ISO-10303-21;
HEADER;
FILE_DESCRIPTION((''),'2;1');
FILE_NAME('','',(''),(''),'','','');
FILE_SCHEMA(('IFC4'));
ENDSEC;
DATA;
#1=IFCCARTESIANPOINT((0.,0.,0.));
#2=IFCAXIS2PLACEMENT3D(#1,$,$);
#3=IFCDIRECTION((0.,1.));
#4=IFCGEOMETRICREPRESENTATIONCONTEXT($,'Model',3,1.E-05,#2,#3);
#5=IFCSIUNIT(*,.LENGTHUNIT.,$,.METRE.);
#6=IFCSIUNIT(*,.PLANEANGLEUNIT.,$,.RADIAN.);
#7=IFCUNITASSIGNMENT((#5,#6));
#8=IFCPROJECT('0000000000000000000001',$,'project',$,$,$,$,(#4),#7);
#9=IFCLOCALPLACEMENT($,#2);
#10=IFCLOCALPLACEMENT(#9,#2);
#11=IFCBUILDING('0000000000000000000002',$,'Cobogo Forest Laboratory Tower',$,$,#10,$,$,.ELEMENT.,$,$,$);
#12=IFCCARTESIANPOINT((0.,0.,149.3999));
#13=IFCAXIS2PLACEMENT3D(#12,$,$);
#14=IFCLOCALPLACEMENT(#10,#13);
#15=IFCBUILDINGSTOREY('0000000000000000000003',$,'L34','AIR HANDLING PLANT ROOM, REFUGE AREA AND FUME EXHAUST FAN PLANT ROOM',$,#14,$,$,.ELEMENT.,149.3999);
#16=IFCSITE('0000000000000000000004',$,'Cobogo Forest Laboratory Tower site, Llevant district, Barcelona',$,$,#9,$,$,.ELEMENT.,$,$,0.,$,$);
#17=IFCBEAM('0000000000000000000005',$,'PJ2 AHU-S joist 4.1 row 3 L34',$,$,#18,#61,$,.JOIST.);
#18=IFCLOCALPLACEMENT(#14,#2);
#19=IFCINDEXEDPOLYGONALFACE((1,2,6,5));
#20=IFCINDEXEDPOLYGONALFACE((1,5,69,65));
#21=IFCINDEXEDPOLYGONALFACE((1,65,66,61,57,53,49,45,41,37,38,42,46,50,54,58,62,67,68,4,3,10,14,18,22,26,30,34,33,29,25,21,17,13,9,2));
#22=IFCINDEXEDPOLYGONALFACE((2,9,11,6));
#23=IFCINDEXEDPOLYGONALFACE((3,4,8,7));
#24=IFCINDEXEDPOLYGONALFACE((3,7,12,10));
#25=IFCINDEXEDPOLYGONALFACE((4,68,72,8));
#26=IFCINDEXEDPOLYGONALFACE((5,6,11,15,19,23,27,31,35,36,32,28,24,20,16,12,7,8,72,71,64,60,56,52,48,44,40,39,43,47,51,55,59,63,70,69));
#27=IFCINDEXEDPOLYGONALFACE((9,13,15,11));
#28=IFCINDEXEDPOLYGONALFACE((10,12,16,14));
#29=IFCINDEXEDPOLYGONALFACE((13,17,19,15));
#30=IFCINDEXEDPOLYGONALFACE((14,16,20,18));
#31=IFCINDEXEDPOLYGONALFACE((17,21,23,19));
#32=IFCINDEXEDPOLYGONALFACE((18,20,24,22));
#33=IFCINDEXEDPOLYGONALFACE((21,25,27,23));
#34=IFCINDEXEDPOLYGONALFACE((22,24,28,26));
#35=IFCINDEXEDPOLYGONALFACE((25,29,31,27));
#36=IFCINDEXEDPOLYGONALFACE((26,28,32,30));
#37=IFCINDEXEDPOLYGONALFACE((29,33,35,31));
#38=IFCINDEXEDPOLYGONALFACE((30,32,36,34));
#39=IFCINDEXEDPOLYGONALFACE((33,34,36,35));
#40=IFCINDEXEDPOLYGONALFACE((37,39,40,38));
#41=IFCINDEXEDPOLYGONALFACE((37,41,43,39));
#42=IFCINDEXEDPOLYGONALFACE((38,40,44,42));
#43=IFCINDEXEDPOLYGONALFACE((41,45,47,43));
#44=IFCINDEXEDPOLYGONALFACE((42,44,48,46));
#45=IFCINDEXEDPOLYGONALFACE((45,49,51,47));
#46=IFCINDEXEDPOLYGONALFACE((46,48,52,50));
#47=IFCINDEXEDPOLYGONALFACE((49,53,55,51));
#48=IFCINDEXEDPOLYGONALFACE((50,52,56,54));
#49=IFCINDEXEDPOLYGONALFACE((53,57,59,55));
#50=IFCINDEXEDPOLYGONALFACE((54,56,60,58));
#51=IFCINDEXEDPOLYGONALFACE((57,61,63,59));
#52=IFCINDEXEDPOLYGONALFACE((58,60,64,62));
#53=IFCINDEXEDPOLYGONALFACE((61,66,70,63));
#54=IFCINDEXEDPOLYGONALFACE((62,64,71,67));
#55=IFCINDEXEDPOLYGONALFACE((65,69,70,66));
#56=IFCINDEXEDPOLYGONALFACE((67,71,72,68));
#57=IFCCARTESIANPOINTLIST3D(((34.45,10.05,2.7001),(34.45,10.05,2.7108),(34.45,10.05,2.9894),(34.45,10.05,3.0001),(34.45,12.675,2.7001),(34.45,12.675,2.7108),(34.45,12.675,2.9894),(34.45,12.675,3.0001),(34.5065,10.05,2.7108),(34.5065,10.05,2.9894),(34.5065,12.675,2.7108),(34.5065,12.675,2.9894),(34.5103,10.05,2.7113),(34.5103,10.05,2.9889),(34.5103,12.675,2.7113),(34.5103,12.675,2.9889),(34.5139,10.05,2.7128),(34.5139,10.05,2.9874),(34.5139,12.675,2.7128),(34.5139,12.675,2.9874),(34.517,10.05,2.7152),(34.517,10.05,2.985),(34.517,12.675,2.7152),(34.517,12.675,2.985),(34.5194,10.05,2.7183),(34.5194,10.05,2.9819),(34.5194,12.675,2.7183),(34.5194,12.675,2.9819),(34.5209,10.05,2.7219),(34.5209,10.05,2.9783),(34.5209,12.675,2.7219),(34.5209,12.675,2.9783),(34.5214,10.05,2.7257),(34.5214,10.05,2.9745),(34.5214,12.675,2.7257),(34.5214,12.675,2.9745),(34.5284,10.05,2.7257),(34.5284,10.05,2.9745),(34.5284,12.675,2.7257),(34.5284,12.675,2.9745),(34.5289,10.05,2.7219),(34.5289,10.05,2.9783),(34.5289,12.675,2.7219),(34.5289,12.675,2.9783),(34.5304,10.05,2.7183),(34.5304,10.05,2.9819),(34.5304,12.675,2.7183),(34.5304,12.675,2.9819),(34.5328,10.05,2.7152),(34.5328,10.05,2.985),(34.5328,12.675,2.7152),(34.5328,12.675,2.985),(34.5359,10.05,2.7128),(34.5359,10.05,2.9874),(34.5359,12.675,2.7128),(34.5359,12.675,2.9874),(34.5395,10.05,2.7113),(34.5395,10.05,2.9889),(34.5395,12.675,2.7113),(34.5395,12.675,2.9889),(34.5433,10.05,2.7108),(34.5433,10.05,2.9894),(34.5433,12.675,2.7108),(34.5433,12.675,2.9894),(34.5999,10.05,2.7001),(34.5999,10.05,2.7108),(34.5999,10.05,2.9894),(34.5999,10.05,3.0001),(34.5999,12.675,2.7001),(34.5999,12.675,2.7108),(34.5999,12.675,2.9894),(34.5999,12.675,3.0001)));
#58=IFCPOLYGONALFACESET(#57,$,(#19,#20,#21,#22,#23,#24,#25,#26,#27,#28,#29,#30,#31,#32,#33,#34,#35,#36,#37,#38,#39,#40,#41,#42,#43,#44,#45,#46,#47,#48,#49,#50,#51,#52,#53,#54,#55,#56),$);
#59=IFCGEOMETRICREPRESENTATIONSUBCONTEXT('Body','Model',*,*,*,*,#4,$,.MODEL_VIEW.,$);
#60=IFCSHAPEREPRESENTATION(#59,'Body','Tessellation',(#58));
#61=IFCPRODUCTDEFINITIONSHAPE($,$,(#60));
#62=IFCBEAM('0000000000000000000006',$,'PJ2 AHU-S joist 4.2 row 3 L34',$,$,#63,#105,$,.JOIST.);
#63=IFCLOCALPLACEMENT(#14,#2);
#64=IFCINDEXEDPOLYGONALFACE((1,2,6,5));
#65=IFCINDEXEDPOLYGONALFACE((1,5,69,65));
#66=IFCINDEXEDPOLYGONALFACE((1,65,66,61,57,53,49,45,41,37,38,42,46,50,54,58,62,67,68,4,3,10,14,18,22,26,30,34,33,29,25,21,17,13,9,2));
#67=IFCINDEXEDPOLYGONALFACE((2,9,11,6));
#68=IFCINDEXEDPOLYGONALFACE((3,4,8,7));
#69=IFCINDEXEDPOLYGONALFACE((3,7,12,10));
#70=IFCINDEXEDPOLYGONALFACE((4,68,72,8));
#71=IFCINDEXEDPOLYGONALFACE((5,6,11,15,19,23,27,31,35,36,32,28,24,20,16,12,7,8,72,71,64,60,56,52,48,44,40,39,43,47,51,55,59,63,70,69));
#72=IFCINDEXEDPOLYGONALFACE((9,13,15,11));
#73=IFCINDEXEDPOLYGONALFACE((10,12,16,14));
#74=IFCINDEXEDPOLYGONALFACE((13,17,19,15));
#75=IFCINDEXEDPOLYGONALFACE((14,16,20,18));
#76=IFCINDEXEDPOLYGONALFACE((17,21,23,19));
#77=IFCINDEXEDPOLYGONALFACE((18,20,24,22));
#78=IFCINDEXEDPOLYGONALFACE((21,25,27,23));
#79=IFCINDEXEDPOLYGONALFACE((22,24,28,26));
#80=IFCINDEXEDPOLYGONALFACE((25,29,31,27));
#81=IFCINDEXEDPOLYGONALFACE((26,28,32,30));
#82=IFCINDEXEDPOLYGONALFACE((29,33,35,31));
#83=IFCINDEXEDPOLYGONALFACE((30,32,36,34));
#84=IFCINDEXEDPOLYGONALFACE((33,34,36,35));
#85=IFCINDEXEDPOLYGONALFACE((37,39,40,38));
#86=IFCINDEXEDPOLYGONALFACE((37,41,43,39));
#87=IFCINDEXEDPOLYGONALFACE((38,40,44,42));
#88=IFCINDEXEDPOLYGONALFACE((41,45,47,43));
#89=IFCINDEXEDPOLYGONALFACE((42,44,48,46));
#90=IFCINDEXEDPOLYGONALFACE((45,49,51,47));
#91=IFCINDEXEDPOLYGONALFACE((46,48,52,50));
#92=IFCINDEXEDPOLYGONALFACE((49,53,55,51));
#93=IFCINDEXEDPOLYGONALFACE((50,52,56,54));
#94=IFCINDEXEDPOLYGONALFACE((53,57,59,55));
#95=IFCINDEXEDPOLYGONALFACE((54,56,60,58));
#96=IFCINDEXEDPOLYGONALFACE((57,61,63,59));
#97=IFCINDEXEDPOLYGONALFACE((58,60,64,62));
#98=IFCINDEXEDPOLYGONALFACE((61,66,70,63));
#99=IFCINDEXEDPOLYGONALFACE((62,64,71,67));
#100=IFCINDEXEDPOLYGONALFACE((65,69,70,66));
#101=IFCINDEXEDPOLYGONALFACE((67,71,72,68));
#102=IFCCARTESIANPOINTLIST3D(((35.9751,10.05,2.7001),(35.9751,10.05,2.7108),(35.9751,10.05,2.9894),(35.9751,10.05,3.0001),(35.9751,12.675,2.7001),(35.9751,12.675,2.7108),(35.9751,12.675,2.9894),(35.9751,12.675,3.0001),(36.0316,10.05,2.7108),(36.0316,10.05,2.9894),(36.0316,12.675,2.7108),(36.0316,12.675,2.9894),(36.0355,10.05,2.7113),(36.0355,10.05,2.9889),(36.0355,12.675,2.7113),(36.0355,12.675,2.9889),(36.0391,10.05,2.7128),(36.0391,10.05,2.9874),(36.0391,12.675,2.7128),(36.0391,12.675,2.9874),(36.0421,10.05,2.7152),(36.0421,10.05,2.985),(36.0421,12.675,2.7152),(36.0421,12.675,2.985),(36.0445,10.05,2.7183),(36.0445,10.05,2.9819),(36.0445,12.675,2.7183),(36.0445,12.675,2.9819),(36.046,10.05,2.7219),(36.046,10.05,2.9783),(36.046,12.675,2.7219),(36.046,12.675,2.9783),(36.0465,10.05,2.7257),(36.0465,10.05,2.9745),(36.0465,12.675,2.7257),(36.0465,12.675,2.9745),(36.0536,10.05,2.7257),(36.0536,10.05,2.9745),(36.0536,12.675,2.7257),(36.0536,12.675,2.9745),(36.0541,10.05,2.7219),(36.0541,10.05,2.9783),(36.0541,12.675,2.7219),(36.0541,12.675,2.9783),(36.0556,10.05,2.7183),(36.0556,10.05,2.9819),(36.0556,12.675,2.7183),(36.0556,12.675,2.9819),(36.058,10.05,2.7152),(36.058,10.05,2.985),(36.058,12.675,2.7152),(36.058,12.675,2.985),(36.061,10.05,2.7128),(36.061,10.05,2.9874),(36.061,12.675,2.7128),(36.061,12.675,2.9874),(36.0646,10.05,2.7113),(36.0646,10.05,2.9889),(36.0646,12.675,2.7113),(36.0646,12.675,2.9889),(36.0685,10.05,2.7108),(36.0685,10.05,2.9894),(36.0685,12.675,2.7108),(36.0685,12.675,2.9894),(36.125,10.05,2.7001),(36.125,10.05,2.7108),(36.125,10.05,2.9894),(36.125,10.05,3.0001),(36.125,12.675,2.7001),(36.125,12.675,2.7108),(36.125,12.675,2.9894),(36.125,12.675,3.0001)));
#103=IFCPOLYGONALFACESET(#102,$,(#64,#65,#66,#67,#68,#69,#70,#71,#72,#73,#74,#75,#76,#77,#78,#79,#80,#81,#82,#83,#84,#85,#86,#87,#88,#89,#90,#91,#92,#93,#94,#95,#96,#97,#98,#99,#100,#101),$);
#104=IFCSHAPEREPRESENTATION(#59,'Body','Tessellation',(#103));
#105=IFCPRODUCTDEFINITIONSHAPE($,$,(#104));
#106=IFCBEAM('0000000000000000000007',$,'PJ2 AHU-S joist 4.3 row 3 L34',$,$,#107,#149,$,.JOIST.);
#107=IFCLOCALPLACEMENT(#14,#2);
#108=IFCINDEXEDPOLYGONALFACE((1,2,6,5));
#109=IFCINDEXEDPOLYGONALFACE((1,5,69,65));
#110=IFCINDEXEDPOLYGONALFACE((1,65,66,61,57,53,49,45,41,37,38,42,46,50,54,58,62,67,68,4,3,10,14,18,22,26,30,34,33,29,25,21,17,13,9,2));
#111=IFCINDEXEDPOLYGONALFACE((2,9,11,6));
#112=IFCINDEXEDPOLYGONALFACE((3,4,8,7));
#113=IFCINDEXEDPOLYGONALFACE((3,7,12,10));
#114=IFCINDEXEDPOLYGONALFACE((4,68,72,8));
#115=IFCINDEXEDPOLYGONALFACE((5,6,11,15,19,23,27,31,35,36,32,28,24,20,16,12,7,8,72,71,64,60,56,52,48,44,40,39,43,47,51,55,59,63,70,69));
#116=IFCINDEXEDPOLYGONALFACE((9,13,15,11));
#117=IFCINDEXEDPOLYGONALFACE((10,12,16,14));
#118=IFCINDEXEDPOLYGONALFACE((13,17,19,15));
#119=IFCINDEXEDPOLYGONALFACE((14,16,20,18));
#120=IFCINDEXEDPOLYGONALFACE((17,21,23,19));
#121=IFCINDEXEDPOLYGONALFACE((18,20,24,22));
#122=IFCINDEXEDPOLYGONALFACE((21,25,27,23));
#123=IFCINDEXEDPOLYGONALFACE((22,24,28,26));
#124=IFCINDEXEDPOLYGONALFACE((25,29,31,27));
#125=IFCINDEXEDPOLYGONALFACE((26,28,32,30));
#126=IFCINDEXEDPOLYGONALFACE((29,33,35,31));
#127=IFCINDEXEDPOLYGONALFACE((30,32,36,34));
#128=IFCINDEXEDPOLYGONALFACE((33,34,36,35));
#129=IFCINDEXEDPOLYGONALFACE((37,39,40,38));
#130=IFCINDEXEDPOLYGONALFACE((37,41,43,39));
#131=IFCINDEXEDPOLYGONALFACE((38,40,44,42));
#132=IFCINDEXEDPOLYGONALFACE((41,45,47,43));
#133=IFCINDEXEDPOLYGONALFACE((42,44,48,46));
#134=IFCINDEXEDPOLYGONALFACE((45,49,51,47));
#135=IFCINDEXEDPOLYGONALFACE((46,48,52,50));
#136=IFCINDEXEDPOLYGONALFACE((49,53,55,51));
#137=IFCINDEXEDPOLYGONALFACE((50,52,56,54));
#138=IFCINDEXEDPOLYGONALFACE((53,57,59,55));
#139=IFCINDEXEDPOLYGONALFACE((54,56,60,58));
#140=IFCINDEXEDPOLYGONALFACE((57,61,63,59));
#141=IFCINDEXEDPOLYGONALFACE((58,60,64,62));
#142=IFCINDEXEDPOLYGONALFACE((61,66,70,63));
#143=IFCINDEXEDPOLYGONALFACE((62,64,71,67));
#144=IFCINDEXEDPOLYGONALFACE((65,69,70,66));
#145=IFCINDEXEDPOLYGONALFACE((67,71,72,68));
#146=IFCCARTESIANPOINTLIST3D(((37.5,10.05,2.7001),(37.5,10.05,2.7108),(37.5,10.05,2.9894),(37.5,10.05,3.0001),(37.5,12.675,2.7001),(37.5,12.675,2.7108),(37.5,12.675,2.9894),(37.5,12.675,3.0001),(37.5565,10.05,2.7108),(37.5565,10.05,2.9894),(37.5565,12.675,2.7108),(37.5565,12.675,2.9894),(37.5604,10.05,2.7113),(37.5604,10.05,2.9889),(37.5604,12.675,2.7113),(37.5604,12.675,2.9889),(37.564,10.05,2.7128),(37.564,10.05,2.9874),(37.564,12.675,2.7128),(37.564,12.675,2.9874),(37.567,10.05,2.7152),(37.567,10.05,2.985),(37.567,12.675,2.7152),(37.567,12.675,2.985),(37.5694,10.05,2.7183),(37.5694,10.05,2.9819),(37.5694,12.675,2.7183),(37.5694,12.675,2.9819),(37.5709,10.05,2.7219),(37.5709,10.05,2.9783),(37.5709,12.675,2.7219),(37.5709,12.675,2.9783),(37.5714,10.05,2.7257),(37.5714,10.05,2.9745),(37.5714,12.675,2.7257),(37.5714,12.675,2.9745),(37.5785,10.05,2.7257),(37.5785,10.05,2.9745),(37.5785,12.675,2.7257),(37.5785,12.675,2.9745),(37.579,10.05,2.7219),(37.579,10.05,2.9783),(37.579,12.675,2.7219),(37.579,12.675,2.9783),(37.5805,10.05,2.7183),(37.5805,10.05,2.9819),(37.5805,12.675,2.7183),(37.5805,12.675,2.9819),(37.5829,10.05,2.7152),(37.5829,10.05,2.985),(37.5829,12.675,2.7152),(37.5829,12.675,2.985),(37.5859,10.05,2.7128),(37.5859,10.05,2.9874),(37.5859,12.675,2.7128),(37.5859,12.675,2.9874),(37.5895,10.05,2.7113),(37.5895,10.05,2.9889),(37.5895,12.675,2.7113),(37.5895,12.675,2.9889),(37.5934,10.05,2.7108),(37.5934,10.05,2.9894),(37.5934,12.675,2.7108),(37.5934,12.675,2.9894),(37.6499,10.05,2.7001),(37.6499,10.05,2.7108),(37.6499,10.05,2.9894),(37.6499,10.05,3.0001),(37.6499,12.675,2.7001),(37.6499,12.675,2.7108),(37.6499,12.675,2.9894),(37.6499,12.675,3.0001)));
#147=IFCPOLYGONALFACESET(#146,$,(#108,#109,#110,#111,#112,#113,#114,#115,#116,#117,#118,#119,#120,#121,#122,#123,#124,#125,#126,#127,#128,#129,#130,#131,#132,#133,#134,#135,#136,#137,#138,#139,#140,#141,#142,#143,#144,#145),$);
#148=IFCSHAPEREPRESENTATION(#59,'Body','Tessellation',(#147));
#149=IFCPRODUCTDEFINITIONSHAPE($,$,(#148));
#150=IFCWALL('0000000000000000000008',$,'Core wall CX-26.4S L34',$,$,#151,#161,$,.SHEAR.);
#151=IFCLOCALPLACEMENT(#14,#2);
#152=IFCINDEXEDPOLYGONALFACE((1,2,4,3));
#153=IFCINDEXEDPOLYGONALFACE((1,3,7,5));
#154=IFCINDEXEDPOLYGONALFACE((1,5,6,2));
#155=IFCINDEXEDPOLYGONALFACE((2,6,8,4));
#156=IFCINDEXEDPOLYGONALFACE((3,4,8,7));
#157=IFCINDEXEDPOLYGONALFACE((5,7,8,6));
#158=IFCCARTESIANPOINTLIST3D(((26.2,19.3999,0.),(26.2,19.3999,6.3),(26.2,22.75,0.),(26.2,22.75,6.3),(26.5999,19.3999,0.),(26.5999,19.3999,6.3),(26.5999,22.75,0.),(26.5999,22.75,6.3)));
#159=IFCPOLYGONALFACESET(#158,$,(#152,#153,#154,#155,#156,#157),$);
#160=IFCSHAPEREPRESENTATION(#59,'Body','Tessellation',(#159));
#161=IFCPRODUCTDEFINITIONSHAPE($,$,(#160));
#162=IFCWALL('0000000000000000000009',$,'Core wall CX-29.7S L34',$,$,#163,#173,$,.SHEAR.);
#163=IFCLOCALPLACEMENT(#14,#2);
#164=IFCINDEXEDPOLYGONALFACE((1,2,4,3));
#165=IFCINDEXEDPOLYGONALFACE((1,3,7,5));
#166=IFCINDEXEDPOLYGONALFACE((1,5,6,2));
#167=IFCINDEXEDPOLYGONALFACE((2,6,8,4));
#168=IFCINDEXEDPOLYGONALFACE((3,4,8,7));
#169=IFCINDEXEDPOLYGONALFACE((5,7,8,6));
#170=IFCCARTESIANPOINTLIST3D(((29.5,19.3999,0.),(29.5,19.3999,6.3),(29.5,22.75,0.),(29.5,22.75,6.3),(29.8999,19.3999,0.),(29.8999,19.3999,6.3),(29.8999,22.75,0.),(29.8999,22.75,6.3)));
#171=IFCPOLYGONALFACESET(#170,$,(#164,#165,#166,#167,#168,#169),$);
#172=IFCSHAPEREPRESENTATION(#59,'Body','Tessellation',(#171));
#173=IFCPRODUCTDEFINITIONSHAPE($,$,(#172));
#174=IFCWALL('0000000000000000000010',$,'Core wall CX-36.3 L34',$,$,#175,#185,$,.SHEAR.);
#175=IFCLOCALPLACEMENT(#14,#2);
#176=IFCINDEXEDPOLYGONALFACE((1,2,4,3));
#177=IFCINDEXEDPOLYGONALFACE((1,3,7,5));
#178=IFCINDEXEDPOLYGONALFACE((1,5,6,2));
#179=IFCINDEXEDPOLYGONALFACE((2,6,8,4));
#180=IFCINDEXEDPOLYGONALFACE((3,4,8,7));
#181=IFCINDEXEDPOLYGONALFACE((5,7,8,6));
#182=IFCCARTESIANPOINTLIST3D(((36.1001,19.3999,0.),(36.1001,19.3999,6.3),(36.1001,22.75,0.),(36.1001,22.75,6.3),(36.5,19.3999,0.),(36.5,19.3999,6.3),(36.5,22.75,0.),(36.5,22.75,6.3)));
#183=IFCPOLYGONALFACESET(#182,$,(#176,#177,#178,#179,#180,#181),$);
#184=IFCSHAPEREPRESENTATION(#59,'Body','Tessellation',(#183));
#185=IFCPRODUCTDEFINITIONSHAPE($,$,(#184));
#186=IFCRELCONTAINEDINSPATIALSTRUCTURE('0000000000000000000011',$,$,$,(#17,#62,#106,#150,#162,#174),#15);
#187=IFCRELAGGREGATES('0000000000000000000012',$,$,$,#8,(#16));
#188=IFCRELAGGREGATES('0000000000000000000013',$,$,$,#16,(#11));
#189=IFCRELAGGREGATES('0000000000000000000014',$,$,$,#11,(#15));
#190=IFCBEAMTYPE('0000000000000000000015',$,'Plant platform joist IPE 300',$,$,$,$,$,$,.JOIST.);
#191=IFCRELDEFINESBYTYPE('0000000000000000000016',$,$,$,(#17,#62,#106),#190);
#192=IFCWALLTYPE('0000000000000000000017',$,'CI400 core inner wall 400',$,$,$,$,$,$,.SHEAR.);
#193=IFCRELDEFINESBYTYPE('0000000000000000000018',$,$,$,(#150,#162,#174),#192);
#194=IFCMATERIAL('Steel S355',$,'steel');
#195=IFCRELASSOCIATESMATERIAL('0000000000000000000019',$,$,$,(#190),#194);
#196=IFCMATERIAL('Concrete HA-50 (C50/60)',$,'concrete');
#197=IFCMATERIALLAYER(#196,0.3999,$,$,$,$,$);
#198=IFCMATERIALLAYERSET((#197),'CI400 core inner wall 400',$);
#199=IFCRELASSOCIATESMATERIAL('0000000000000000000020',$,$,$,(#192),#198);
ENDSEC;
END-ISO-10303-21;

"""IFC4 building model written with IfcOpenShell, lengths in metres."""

from ifc_helpers import new_model, si_unit, direction, frame, frame_2d, origin, origin_2d, place, context, subcontext, project, spatial, rectangle, i_section, extrude, material, layer, layer_set, material_profile, profile_set, type_object, element, save


model = new_model("IFC4")

# Units and contexts
model_context = context("Model", 3, precision=1e-05, world=origin(), true_north=direction((0.0, 1.0)))
body_context = subcontext(model_context, "Body", "Model", "MODEL_VIEW")
ifc_project = project(units=[si_unit("LENGTHUNIT", "METRE"), si_unit("PLANEANGLEUNIT", "RADIAN")], contexts=[model_context])

# Site, building, storey
site_placement = place(None, origin())
site = spatial("IfcSite", under=ifc_project, at=site_placement, Name="Cobogo Forest Laboratory Tower site, Llevant district, Barcelona", CompositionType="ELEMENT", RefElevation=0.0)
building_placement = place(site_placement, origin())
building = spatial("IfcBuilding", under=site, at=building_placement, Name="Cobogo Forest Laboratory Tower", CompositionType="ELEMENT")
storey_placement = place(building_placement, frame((0.0, 0.0, 149.3999)))
storey = spatial("IfcBuildingStorey", under=building, at=storey_placement, Name="L34", Description="AIR HANDLING PLANT ROOM, REFUGE AREA AND FUME EXHAUST FAN PLANT ROOM", CompositionType="ELEMENT", Elevation=149.3999)

# Shared definitions
ifc_material_1 = material(Name="Steel S355", Category="steel")

# Beams
ifc_material_profile_1 = material_profile(ifc_material_1, i_section(OverallWidth=0.1499, OverallDepth=0.3, WebThickness=0.0071, FlangeThickness=0.0107, FilletRadius=0.0149, at=origin_2d()), Name="IPE 300")
ifc_profile_set_1 = profile_set([ifc_material_profile_1], Name="Steel S355")
beam_type_1 = type_object("IfcBeamType", Name="Plant platform joist IPE 300", PredefinedType="JOIST", material=ifc_profile_set_1)
for number, where, z_axis, x_axis, name in (
    (1, (34.5249, 10.05, 2.8501), (0.0, 1.0, 0.0), (-1.0, 0.0, 0.0), "PJ2 AHU-S joist 4.1 row 3 L34"),
    (2, (36.05, 10.05, 2.8501), (0.0, 1.0, 0.0), (-1.0, 0.0, 0.0), "PJ2 AHU-S joist 4.2 row 3 L34"),
    (3, (37.575, 10.05, 2.8501), (0.0, 1.0, 0.0), (-1.0, 0.0, 0.0), "PJ2 AHU-S joist 4.3 row 3 L34"),
):
    element("IfcBeam", number, at=place(storey_placement, frame(where, z_axis=z_axis, x_axis=x_axis)), inside=storey, type_object=beam_type_1, Name=name, PredefinedType="JOIST", context=body_context, shape_type="SweptSolid", body=[
        extrude(i_section(OverallWidth=0.1499, OverallDepth=0.3, WebThickness=0.0071, FlangeThickness=0.0107, FilletRadius=0.0149, at=origin_2d()), origin(), (0.0, 0.0, 1.0), 2.625),
    ])

# Walls
ifc_material_2 = material(Name="Concrete HA-50 (C50/60)", Category="concrete")
ifc_layer_1 = layer(ifc_material_2, 0.3999)
ifc_layer_set_1 = layer_set([ifc_layer_1], Name="CI400 core inner wall 400")
wall_type_1 = type_object("IfcWallType", Name="CI400 core inner wall 400", PredefinedType="SHEAR", material=ifc_layer_set_1)
for number, where, z_axis, x_axis, name in (
    (4, (26.3999, 19.3999, 0.0), (0.0, 0.0, 1.0), (0.0, 1.0, 0.0), "Core wall CX-26.4S L34"),
    (5, (29.7, 19.3999, 0.0), (0.0, 0.0, 1.0), (0.0, 1.0, 0.0), "Core wall CX-29.7S L34"),
    (6, (36.3, 19.3999, 0.0), (0.0, 0.0, 1.0), (0.0, 1.0, 0.0), "Core wall CX-36.3 L34"),
):
    element("IfcWall", number, at=place(storey_placement, frame(where, z_axis=z_axis, x_axis=x_axis)), inside=storey, type_object=wall_type_1, Name=name, PredefinedType="SHEAR", context=body_context, shape_type="SweptSolid", body=[
        extrude(rectangle(XDim=3.3501, YDim=0.3999, at=frame_2d((1.675, 0.0))), origin(), (0.0, 0.0, 1.0), 6.3),
    ])

save(model, "model.ifc")
